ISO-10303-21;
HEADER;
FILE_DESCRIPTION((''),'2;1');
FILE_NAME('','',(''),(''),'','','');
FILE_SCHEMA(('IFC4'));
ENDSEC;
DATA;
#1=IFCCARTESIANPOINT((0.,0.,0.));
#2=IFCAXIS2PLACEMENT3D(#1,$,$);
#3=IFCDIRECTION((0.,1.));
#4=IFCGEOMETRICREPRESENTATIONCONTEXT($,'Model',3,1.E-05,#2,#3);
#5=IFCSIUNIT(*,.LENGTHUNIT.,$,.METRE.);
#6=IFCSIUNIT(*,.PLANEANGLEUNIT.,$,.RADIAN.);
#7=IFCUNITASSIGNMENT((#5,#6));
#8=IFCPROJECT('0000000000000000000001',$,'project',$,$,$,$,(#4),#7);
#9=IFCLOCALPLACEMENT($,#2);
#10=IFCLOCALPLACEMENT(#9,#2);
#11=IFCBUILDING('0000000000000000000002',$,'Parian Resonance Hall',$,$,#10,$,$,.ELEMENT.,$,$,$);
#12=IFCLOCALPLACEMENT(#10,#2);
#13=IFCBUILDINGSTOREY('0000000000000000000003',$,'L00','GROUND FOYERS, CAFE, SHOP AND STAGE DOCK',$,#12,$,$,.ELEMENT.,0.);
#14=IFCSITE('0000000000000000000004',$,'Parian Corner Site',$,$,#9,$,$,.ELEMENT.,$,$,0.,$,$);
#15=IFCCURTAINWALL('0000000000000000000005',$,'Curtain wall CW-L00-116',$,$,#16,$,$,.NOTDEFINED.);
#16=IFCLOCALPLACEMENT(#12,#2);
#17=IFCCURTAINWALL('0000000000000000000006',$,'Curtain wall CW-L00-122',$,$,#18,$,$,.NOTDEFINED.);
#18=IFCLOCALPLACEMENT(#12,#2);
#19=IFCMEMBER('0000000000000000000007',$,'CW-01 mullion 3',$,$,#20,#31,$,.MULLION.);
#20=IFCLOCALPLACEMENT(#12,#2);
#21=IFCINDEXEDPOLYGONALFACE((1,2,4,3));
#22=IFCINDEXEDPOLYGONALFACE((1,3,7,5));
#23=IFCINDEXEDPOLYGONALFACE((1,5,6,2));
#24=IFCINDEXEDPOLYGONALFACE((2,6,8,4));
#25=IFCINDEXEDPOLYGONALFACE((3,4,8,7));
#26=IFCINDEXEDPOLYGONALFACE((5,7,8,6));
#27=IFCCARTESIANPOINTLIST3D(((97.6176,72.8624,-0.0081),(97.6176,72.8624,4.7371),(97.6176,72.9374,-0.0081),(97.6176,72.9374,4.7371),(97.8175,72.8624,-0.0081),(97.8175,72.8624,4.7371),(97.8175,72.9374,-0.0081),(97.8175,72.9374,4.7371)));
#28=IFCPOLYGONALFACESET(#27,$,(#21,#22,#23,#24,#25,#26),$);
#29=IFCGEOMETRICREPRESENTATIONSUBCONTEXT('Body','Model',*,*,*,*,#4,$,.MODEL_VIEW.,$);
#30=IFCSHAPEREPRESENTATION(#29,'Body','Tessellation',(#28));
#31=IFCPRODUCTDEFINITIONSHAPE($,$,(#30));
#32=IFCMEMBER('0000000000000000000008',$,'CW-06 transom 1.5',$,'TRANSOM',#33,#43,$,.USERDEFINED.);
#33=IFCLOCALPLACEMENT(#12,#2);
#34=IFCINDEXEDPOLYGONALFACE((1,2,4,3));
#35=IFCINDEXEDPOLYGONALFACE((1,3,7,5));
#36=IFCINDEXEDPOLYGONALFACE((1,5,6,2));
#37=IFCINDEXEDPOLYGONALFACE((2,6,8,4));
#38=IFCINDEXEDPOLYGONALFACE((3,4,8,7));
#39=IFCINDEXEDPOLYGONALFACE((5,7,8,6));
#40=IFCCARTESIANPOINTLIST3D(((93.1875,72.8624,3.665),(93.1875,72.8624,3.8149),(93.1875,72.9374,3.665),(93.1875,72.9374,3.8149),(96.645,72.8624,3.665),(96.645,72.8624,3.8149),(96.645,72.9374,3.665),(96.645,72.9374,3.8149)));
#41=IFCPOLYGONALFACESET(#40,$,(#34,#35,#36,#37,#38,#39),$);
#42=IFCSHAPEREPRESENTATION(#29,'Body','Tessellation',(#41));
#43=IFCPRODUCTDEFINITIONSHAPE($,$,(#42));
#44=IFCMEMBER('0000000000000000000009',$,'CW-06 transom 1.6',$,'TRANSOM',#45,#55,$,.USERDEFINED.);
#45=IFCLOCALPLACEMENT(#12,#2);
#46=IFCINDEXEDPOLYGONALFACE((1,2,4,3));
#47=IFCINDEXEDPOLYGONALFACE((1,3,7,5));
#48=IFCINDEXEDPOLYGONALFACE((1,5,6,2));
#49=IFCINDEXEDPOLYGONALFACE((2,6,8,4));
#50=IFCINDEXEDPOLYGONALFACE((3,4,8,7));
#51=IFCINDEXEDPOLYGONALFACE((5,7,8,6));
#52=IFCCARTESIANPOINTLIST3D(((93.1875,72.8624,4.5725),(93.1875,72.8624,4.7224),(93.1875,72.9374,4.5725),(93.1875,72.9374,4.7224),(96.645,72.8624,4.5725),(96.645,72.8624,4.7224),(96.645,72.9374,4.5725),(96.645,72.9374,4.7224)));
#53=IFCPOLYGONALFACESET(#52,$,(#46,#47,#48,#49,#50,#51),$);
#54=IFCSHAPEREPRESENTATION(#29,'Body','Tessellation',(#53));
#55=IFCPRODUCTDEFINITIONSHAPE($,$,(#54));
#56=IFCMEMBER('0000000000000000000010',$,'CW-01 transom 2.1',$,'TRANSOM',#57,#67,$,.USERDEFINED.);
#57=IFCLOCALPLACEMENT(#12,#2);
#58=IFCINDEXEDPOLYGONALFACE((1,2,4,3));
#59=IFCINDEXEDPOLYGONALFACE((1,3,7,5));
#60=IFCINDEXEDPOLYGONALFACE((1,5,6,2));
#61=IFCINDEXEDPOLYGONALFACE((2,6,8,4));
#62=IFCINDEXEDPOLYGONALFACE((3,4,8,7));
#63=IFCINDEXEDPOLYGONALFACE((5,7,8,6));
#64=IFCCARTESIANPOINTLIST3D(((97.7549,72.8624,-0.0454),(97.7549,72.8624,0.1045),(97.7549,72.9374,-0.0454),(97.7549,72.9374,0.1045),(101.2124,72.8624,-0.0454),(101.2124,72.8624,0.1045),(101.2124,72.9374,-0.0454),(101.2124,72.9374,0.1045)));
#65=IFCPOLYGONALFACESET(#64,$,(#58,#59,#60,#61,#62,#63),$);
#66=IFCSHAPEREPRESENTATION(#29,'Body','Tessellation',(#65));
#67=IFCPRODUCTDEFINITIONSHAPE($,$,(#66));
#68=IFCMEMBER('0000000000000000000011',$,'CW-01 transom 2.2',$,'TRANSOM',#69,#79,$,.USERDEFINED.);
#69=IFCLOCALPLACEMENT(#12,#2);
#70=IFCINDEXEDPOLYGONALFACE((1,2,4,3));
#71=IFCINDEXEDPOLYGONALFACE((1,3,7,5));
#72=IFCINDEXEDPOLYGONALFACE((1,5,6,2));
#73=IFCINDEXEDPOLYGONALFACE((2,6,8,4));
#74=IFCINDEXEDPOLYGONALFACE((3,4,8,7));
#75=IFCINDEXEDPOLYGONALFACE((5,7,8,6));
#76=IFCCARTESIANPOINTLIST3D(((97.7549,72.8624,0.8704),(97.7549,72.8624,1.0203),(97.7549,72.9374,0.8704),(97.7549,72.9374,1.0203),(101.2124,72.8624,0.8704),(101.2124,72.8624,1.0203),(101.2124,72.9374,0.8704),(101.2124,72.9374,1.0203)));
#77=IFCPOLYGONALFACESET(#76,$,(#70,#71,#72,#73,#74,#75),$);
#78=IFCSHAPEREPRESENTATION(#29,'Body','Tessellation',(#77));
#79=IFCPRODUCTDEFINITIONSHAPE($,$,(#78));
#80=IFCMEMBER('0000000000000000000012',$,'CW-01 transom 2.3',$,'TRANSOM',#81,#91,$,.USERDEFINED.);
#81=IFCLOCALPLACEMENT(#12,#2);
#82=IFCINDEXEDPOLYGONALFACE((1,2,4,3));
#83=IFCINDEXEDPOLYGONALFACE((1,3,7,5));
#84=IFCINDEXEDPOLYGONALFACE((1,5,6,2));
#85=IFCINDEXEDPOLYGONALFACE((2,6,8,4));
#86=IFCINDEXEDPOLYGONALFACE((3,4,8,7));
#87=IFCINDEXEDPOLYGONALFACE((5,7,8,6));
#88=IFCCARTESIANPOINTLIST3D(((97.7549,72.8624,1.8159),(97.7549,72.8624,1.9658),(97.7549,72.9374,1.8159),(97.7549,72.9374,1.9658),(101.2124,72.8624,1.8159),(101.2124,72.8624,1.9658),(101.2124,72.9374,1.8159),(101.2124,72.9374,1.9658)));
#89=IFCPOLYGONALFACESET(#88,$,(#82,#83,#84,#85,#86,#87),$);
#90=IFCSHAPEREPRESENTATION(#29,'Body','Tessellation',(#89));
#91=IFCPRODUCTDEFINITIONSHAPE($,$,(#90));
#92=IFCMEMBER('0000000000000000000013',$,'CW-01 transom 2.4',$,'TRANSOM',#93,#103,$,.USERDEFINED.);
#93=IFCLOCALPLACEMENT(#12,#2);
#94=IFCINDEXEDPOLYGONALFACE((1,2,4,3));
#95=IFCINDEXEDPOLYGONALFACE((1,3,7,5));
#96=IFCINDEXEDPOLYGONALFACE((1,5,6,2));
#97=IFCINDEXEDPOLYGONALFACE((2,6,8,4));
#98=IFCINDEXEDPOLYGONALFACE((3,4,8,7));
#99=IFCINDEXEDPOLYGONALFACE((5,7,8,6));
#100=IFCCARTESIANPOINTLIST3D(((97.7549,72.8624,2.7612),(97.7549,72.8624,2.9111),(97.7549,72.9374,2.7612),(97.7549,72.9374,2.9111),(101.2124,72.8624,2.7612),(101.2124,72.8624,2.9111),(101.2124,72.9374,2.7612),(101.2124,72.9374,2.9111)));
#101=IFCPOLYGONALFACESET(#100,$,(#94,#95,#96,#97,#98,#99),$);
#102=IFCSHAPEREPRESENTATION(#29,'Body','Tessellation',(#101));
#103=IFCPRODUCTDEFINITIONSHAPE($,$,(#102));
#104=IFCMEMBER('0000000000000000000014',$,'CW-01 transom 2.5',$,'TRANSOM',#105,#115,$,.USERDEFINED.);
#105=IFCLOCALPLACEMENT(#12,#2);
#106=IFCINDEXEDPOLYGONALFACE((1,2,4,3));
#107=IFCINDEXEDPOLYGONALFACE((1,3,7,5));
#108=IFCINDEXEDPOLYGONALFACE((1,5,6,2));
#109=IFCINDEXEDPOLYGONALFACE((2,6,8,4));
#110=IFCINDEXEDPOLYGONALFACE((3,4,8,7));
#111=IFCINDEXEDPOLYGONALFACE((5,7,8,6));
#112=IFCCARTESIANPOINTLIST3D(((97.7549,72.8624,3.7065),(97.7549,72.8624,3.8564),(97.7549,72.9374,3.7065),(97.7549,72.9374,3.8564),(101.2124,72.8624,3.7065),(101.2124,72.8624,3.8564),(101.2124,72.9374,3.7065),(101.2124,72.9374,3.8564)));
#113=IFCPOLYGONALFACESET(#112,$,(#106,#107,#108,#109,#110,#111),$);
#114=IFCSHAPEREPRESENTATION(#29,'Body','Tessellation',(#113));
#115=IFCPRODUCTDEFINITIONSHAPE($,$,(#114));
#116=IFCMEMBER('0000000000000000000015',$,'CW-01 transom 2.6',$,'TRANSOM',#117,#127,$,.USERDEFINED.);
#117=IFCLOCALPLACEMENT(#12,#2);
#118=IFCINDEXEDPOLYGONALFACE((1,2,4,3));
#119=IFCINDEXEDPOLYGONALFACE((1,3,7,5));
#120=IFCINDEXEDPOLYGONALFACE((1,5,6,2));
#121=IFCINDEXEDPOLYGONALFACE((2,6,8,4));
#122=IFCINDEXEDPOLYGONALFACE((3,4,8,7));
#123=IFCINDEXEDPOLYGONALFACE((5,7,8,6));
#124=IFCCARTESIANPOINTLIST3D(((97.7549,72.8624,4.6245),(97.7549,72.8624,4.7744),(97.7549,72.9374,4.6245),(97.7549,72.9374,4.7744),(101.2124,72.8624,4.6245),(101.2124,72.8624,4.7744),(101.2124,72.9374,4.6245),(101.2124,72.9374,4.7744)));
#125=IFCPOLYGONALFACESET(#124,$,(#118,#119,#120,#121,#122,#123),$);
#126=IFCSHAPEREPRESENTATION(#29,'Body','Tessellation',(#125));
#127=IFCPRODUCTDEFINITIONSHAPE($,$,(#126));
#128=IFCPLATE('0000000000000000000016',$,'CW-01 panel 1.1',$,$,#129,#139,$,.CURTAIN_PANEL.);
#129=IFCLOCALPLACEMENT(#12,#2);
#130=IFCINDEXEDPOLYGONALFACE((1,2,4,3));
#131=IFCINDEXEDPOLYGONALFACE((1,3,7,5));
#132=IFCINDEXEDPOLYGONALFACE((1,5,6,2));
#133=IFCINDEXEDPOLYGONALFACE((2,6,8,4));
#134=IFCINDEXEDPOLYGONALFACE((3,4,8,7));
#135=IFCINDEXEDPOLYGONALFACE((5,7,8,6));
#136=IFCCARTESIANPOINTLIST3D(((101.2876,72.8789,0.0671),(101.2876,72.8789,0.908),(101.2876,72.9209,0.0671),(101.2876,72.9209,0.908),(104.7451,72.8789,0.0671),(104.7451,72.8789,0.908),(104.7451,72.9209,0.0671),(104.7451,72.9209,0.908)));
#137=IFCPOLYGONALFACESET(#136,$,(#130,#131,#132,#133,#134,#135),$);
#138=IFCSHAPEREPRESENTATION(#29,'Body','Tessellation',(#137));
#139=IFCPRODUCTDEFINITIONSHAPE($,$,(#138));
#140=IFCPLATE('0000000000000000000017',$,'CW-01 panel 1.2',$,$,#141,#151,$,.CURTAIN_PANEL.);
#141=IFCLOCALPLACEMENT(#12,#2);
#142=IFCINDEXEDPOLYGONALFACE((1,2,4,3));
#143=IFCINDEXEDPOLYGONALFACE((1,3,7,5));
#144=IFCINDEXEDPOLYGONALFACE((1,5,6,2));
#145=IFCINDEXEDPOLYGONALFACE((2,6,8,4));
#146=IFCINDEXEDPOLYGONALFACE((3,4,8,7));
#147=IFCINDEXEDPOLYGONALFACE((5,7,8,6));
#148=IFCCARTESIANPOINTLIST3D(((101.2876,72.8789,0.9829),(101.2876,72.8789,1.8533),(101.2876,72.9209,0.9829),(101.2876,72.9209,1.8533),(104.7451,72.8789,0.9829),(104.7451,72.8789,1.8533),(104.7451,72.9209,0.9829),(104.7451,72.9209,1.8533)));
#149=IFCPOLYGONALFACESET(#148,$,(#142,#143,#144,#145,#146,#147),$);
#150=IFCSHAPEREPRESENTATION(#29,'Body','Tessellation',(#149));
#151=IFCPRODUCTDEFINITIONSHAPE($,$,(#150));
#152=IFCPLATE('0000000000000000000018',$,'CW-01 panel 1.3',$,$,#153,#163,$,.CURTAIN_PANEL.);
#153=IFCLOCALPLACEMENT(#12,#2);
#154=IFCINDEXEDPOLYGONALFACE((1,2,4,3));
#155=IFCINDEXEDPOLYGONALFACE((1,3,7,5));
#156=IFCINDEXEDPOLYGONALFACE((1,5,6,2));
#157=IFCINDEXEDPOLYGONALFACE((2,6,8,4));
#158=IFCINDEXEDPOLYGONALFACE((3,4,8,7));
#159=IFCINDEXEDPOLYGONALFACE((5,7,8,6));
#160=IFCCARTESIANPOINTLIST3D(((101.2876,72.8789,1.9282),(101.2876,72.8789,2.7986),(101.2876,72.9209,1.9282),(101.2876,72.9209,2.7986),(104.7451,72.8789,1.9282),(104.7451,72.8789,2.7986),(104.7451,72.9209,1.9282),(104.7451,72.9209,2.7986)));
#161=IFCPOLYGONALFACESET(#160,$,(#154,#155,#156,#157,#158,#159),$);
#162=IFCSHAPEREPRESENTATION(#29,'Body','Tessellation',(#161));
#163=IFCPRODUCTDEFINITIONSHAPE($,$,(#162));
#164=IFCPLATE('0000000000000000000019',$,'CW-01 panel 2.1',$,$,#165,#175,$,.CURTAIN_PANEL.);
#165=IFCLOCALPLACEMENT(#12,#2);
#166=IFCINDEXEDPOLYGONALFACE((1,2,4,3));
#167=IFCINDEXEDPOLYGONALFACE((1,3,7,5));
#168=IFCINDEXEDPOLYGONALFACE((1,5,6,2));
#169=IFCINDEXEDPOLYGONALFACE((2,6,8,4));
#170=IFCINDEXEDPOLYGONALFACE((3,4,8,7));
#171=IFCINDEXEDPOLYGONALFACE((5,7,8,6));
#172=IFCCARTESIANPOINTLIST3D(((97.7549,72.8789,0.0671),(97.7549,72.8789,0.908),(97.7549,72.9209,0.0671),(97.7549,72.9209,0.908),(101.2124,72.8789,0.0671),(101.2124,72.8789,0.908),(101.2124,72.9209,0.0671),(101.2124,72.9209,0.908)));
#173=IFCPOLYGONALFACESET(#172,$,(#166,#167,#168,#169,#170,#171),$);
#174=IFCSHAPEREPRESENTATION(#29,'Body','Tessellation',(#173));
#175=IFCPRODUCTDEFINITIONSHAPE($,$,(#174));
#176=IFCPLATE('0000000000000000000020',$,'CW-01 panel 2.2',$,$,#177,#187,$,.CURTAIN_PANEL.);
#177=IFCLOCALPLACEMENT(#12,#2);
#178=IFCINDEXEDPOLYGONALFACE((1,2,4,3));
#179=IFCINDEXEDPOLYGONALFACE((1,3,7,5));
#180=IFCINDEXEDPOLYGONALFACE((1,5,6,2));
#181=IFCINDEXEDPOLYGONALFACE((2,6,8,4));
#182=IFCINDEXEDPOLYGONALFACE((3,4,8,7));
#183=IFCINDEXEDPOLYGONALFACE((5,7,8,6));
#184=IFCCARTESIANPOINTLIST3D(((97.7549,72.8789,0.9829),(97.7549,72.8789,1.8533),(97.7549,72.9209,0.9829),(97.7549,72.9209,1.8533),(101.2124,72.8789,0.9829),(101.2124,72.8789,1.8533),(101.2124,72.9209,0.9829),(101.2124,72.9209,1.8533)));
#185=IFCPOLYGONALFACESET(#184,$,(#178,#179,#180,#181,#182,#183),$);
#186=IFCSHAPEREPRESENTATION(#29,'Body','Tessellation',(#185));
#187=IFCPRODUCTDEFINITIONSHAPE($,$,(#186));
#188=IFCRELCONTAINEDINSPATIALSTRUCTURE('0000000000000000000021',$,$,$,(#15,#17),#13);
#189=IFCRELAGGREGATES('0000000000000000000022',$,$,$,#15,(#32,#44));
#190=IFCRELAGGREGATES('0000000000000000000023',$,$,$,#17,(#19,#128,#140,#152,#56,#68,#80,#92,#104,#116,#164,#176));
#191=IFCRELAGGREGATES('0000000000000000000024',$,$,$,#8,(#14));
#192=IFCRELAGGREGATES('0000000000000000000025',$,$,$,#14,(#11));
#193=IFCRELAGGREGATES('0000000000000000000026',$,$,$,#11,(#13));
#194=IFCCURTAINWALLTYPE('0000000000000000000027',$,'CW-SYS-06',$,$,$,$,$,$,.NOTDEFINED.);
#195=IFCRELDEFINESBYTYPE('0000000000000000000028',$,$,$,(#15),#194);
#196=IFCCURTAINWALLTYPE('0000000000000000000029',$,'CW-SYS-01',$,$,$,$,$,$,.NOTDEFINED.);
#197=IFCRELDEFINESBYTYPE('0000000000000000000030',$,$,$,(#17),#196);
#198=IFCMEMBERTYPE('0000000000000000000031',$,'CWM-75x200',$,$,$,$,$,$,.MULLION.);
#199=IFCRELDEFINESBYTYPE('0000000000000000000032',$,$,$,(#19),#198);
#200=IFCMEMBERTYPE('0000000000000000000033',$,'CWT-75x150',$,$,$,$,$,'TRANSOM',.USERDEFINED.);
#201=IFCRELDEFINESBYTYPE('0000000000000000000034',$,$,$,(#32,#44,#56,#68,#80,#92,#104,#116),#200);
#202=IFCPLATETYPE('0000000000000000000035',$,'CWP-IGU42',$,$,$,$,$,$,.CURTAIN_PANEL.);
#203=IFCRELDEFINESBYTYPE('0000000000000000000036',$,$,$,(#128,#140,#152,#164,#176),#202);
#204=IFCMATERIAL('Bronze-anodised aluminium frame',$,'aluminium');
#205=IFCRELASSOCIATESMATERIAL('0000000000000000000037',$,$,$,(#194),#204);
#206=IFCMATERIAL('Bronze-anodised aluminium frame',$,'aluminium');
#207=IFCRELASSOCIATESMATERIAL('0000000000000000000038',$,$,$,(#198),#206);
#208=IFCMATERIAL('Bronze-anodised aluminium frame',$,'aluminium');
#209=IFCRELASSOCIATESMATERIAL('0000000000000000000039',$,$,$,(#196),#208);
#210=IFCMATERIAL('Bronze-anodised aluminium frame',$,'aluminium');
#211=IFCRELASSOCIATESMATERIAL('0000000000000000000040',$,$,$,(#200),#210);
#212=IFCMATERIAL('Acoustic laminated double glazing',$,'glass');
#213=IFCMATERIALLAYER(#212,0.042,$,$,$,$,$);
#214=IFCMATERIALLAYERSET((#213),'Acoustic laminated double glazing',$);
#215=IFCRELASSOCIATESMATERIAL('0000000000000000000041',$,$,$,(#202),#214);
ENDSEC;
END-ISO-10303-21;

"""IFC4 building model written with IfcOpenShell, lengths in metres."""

from ifc_helpers import new_model, si_unit, direction, frame, origin, origin_2d, place, context, subcontext, project, spatial, rectangle, extrude, material, layer, layer_set, material_profile, profile_set, type_object, element, aggregate, save


model = new_model("IFC4")

# Units and contexts
model_context = context("Model", 3, precision=1e-05, world=origin(), true_north=direction((0.0, 1.0)))
body_context = subcontext(model_context, "Body", "Model", "MODEL_VIEW")
ifc_project = project(units=[si_unit("LENGTHUNIT", "METRE"), si_unit("PLANEANGLEUNIT", "RADIAN")], contexts=[model_context])

# Site, building, storey
site_placement = place(None, origin())
site = spatial("IfcSite", under=ifc_project, at=site_placement, Name="Parian Corner Site", CompositionType="ELEMENT", RefElevation=0.0)
building_placement = place(site_placement, origin())
building = spatial("IfcBuilding", under=site, at=building_placement, Name="Parian Resonance Hall", CompositionType="ELEMENT")
storey_placement = place(building_placement, origin())
storey = spatial("IfcBuildingStorey", under=building, at=storey_placement, Name="L00", Description="GROUND FOYERS, CAFE, SHOP AND STAGE DOCK", CompositionType="ELEMENT", Elevation=0.0)

# Curtain wall
ifc_material_1 = material(Name="Bronze-anodised aluminium frame", Category="aluminium")
curtain_wall_type_1 = type_object("IfcCurtainWallType", Name="CW-SYS-06", PredefinedType="NOTDEFINED", material=ifc_material_1)
curtain_wall_1_placement = place(storey_placement, origin())
curtain_wall_1 = element("IfcCurtainWall", 1, at=curtain_wall_1_placement, inside=storey, type_object=curtain_wall_type_1, Name="Curtain wall CW-L00-116", PredefinedType="NOTDEFINED")
ifc_material_2 = material(Name="Bronze-anodised aluminium frame", Category="aluminium")
ifc_material_profile_1 = material_profile(ifc_material_2, rectangle(XDim=0.075, YDim=0.2, at=origin_2d()), Name="CWM-75x200")
ifc_profile_set_1 = profile_set([ifc_material_profile_1], Name="Bronze-anodised aluminium frame")
member_type_1 = type_object("IfcMemberType", Name="CWM-75x200", PredefinedType="MULLION", material=ifc_profile_set_1)

# Curtain wall, member
ifc_material_3 = material(Name="Bronze-anodised aluminium frame", Category="aluminium")
curtain_wall_type_2 = type_object("IfcCurtainWallType", Name="CW-SYS-01", PredefinedType="NOTDEFINED", material=ifc_material_3)
curtain_wall_2_placement = place(storey_placement, origin())
curtain_wall_2 = element("IfcCurtainWall", 2, at=curtain_wall_2_placement, inside=storey, type_object=curtain_wall_type_2, Name="Curtain wall CW-L00-122", PredefinedType="NOTDEFINED")
member_1_placement = place(storey_placement, frame((97.7175, 72.8999, -0.0081), z_axis=(0.0, 0.0, 1.0), x_axis=(0.0, -1.0, 0.0)))
member_1 = element("IfcMember", 3, at=member_1_placement, type_object=member_type_1, Name="CW-01 mullion 3", PredefinedType="MULLION", context=body_context, shape_type="SweptSolid", body=[
    extrude(rectangle(XDim=0.075, YDim=0.2, at=origin_2d()), origin(), (0.0, 0.0, 1.0), 4.7451),
])

# Members
ifc_material_4 = material(Name="Bronze-anodised aluminium frame", Category="aluminium")
ifc_material_profile_2 = material_profile(ifc_material_4, rectangle(XDim=0.075, YDim=0.1499, at=origin_2d()), Name="CWT-75x150")
ifc_profile_set_2 = profile_set([ifc_material_profile_2], Name="Bronze-anodised aluminium frame")
member_type_2 = type_object("IfcMemberType", Name="CWT-75x150", ElementType="TRANSOM", PredefinedType="USERDEFINED", material=ifc_profile_set_2)
member_2_placement = place(storey_placement, frame((96.645, 72.8999, 3.74), z_axis=(-1.0, 0.0, 0.0), x_axis=(0.0, -1.0, 0.0)))
member_2 = element("IfcMember", 4, at=member_2_placement, type_object=member_type_2, Name="CW-06 transom 1.5", ObjectType="TRANSOM", PredefinedType="USERDEFINED", context=body_context, shape_type="SweptSolid", body=[
    extrude(rectangle(XDim=0.075, YDim=0.1499, at=origin_2d()), origin(), (0.0, 0.0, 1.0), 3.4575),
])
member_3_placement = place(storey_placement, frame((96.645, 72.8999, 4.6475), z_axis=(-1.0, 0.0, 0.0), x_axis=(0.0, -1.0, 0.0)))
member_3 = element("IfcMember", 5, at=member_3_placement, type_object=member_type_2, Name="CW-06 transom 1.6", ObjectType="TRANSOM", PredefinedType="USERDEFINED", context=body_context, shape_type="SweptSolid", body=[
    extrude(rectangle(XDim=0.075, YDim=0.1499, at=origin_2d()), origin(), (0.0, 0.0, 1.0), 3.4575),
])
aggregate(curtain_wall_1, [member_2, member_3])
member_4_placement = place(storey_placement, frame((101.2124, 72.8999, 0.0295), z_axis=(-1.0, 0.0, 0.0), x_axis=(0.0, -1.0, 0.0)))
member_4 = element("IfcMember", 6, at=member_4_placement, type_object=member_type_2, Name="CW-01 transom 2.1", ObjectType="TRANSOM", PredefinedType="USERDEFINED", context=body_context, shape_type="SweptSolid", body=[
    extrude(rectangle(XDim=0.075, YDim=0.1499, at=origin_2d()), origin(), (0.0, 0.0, 1.0), 3.4575),
])
member_5_placement = place(storey_placement, frame((101.2124, 72.8999, 0.9453), z_axis=(-1.0, 0.0, 0.0), x_axis=(0.0, -1.0, 0.0)))
member_5 = element("IfcMember", 7, at=member_5_placement, type_object=member_type_2, Name="CW-01 transom 2.2", ObjectType="TRANSOM", PredefinedType="USERDEFINED", context=body_context, shape_type="SweptSolid", body=[
    extrude(rectangle(XDim=0.075, YDim=0.1499, at=origin_2d()), origin(), (0.0, 0.0, 1.0), 3.4575),
])
member_6_placement = place(storey_placement, frame((101.2124, 72.8999, 1.8909), z_axis=(-1.0, 0.0, 0.0), x_axis=(0.0, -1.0, 0.0)))
member_6 = element("IfcMember", 8, at=member_6_placement, type_object=member_type_2, Name="CW-01 transom 2.3", ObjectType="TRANSOM", PredefinedType="USERDEFINED", context=body_context, shape_type="SweptSolid", body=[
    extrude(rectangle(XDim=0.075, YDim=0.1499, at=origin_2d()), origin(), (0.0, 0.0, 1.0), 3.4575),
])
member_7_placement = place(storey_placement, frame((101.2124, 72.8999, 2.8362), z_axis=(-1.0, 0.0, 0.0), x_axis=(0.0, -1.0, 0.0)))
member_7 = element("IfcMember", 9, at=member_7_placement, type_object=member_type_2, Name="CW-01 transom 2.4", ObjectType="TRANSOM", PredefinedType="USERDEFINED", context=body_context, shape_type="SweptSolid", body=[
    extrude(rectangle(XDim=0.075, YDim=0.1499, at=origin_2d()), origin(), (0.0, 0.0, 1.0), 3.4575),
])
member_8_placement = place(storey_placement, frame((101.2124, 72.8999, 3.7815), z_axis=(-1.0, 0.0, 0.0), x_axis=(0.0, -1.0, 0.0)))
member_8 = element("IfcMember", 10, at=member_8_placement, type_object=member_type_2, Name="CW-01 transom 2.5", ObjectType="TRANSOM", PredefinedType="USERDEFINED", context=body_context, shape_type="SweptSolid", body=[
    extrude(rectangle(XDim=0.075, YDim=0.1499, at=origin_2d()), origin(), (0.0, 0.0, 1.0), 3.4575),
])
member_9_placement = place(storey_placement, frame((101.2124, 72.8999, 4.6995), z_axis=(-1.0, 0.0, 0.0), x_axis=(0.0, -1.0, 0.0)))
member_9 = element("IfcMember", 11, at=member_9_placement, type_object=member_type_2, Name="CW-01 transom 2.6", ObjectType="TRANSOM", PredefinedType="USERDEFINED", context=body_context, shape_type="SweptSolid", body=[
    extrude(rectangle(XDim=0.075, YDim=0.1499, at=origin_2d()), origin(), (0.0, 0.0, 1.0), 3.4575),
])

# Plates
ifc_material_5 = material(Name="Acoustic laminated double glazing", Category="glass")
ifc_layer_1 = layer(ifc_material_5, 0.042)
ifc_layer_set_1 = layer_set([ifc_layer_1], Name="Acoustic laminated double glazing")
plate_type = type_object("IfcPlateType", Name="CWP-IGU42", PredefinedType="CURTAIN_PANEL", material=ifc_layer_set_1)
plate_1_placement = place(storey_placement, frame((103.0164, 72.8999, 0.0671), z_axis=(0.0, 0.0, 1.0), x_axis=(-1.0, 0.0, 0.0)))
plate_1 = element("IfcPlate", 12, at=plate_1_placement, type_object=plate_type, Name="CW-01 panel 1.1", PredefinedType="CURTAIN_PANEL", context=body_context, shape_type="SweptSolid", body=[
    extrude(rectangle(XDim=3.4575, YDim=0.042, at=origin_2d()), origin(), (0.0, 0.0, 1.0), 0.8408),
])
plate_2_placement = place(storey_placement, frame((103.0164, 72.8999, 0.9829), z_axis=(0.0, 0.0, 1.0), x_axis=(-1.0, 0.0, 0.0)))
plate_2 = element("IfcPlate", 13, at=plate_2_placement, type_object=plate_type, Name="CW-01 panel 1.2", PredefinedType="CURTAIN_PANEL", context=body_context, shape_type="SweptSolid", body=[
    extrude(rectangle(XDim=3.4575, YDim=0.042, at=origin_2d()), origin(), (0.0, 0.0, 1.0), 0.8704),
])
plate_3_placement = place(storey_placement, frame((103.0164, 72.8999, 1.9282), z_axis=(0.0, 0.0, 1.0), x_axis=(-1.0, 0.0, 0.0)))
plate_3 = element("IfcPlate", 14, at=plate_3_placement, type_object=plate_type, Name="CW-01 panel 1.3", PredefinedType="CURTAIN_PANEL", context=body_context, shape_type="SweptSolid", body=[
    extrude(rectangle(XDim=3.4575, YDim=0.042, at=origin_2d()), origin(), (0.0, 0.0, 1.0), 0.8704),
])
plate_4_placement = place(storey_placement, frame((99.4836, 72.8999, 0.0671), z_axis=(0.0, 0.0, 1.0), x_axis=(-1.0, 0.0, 0.0)))
plate_4 = element("IfcPlate", 15, at=plate_4_placement, type_object=plate_type, Name="CW-01 panel 2.1", PredefinedType="CURTAIN_PANEL", context=body_context, shape_type="SweptSolid", body=[
    extrude(rectangle(XDim=3.4575, YDim=0.042, at=origin_2d()), origin(), (0.0, 0.0, 1.0), 0.8408),
])
plate_5_placement = place(storey_placement, frame((99.4836, 72.8999, 0.9829), z_axis=(0.0, 0.0, 1.0), x_axis=(-1.0, 0.0, 0.0)))
plate_5 = element("IfcPlate", 16, at=plate_5_placement, type_object=plate_type, Name="CW-01 panel 2.2", PredefinedType="CURTAIN_PANEL", context=body_context, shape_type="SweptSolid", body=[
    extrude(rectangle(XDim=3.4575, YDim=0.042, at=origin_2d()), origin(), (0.0, 0.0, 1.0), 0.8704),
])
aggregate(curtain_wall_2, [member_1, plate_1, plate_2, plate_3, member_4, member_5, member_6, member_7, member_8, member_9, plate_4, plate_5])

save(model, "model.ifc")
